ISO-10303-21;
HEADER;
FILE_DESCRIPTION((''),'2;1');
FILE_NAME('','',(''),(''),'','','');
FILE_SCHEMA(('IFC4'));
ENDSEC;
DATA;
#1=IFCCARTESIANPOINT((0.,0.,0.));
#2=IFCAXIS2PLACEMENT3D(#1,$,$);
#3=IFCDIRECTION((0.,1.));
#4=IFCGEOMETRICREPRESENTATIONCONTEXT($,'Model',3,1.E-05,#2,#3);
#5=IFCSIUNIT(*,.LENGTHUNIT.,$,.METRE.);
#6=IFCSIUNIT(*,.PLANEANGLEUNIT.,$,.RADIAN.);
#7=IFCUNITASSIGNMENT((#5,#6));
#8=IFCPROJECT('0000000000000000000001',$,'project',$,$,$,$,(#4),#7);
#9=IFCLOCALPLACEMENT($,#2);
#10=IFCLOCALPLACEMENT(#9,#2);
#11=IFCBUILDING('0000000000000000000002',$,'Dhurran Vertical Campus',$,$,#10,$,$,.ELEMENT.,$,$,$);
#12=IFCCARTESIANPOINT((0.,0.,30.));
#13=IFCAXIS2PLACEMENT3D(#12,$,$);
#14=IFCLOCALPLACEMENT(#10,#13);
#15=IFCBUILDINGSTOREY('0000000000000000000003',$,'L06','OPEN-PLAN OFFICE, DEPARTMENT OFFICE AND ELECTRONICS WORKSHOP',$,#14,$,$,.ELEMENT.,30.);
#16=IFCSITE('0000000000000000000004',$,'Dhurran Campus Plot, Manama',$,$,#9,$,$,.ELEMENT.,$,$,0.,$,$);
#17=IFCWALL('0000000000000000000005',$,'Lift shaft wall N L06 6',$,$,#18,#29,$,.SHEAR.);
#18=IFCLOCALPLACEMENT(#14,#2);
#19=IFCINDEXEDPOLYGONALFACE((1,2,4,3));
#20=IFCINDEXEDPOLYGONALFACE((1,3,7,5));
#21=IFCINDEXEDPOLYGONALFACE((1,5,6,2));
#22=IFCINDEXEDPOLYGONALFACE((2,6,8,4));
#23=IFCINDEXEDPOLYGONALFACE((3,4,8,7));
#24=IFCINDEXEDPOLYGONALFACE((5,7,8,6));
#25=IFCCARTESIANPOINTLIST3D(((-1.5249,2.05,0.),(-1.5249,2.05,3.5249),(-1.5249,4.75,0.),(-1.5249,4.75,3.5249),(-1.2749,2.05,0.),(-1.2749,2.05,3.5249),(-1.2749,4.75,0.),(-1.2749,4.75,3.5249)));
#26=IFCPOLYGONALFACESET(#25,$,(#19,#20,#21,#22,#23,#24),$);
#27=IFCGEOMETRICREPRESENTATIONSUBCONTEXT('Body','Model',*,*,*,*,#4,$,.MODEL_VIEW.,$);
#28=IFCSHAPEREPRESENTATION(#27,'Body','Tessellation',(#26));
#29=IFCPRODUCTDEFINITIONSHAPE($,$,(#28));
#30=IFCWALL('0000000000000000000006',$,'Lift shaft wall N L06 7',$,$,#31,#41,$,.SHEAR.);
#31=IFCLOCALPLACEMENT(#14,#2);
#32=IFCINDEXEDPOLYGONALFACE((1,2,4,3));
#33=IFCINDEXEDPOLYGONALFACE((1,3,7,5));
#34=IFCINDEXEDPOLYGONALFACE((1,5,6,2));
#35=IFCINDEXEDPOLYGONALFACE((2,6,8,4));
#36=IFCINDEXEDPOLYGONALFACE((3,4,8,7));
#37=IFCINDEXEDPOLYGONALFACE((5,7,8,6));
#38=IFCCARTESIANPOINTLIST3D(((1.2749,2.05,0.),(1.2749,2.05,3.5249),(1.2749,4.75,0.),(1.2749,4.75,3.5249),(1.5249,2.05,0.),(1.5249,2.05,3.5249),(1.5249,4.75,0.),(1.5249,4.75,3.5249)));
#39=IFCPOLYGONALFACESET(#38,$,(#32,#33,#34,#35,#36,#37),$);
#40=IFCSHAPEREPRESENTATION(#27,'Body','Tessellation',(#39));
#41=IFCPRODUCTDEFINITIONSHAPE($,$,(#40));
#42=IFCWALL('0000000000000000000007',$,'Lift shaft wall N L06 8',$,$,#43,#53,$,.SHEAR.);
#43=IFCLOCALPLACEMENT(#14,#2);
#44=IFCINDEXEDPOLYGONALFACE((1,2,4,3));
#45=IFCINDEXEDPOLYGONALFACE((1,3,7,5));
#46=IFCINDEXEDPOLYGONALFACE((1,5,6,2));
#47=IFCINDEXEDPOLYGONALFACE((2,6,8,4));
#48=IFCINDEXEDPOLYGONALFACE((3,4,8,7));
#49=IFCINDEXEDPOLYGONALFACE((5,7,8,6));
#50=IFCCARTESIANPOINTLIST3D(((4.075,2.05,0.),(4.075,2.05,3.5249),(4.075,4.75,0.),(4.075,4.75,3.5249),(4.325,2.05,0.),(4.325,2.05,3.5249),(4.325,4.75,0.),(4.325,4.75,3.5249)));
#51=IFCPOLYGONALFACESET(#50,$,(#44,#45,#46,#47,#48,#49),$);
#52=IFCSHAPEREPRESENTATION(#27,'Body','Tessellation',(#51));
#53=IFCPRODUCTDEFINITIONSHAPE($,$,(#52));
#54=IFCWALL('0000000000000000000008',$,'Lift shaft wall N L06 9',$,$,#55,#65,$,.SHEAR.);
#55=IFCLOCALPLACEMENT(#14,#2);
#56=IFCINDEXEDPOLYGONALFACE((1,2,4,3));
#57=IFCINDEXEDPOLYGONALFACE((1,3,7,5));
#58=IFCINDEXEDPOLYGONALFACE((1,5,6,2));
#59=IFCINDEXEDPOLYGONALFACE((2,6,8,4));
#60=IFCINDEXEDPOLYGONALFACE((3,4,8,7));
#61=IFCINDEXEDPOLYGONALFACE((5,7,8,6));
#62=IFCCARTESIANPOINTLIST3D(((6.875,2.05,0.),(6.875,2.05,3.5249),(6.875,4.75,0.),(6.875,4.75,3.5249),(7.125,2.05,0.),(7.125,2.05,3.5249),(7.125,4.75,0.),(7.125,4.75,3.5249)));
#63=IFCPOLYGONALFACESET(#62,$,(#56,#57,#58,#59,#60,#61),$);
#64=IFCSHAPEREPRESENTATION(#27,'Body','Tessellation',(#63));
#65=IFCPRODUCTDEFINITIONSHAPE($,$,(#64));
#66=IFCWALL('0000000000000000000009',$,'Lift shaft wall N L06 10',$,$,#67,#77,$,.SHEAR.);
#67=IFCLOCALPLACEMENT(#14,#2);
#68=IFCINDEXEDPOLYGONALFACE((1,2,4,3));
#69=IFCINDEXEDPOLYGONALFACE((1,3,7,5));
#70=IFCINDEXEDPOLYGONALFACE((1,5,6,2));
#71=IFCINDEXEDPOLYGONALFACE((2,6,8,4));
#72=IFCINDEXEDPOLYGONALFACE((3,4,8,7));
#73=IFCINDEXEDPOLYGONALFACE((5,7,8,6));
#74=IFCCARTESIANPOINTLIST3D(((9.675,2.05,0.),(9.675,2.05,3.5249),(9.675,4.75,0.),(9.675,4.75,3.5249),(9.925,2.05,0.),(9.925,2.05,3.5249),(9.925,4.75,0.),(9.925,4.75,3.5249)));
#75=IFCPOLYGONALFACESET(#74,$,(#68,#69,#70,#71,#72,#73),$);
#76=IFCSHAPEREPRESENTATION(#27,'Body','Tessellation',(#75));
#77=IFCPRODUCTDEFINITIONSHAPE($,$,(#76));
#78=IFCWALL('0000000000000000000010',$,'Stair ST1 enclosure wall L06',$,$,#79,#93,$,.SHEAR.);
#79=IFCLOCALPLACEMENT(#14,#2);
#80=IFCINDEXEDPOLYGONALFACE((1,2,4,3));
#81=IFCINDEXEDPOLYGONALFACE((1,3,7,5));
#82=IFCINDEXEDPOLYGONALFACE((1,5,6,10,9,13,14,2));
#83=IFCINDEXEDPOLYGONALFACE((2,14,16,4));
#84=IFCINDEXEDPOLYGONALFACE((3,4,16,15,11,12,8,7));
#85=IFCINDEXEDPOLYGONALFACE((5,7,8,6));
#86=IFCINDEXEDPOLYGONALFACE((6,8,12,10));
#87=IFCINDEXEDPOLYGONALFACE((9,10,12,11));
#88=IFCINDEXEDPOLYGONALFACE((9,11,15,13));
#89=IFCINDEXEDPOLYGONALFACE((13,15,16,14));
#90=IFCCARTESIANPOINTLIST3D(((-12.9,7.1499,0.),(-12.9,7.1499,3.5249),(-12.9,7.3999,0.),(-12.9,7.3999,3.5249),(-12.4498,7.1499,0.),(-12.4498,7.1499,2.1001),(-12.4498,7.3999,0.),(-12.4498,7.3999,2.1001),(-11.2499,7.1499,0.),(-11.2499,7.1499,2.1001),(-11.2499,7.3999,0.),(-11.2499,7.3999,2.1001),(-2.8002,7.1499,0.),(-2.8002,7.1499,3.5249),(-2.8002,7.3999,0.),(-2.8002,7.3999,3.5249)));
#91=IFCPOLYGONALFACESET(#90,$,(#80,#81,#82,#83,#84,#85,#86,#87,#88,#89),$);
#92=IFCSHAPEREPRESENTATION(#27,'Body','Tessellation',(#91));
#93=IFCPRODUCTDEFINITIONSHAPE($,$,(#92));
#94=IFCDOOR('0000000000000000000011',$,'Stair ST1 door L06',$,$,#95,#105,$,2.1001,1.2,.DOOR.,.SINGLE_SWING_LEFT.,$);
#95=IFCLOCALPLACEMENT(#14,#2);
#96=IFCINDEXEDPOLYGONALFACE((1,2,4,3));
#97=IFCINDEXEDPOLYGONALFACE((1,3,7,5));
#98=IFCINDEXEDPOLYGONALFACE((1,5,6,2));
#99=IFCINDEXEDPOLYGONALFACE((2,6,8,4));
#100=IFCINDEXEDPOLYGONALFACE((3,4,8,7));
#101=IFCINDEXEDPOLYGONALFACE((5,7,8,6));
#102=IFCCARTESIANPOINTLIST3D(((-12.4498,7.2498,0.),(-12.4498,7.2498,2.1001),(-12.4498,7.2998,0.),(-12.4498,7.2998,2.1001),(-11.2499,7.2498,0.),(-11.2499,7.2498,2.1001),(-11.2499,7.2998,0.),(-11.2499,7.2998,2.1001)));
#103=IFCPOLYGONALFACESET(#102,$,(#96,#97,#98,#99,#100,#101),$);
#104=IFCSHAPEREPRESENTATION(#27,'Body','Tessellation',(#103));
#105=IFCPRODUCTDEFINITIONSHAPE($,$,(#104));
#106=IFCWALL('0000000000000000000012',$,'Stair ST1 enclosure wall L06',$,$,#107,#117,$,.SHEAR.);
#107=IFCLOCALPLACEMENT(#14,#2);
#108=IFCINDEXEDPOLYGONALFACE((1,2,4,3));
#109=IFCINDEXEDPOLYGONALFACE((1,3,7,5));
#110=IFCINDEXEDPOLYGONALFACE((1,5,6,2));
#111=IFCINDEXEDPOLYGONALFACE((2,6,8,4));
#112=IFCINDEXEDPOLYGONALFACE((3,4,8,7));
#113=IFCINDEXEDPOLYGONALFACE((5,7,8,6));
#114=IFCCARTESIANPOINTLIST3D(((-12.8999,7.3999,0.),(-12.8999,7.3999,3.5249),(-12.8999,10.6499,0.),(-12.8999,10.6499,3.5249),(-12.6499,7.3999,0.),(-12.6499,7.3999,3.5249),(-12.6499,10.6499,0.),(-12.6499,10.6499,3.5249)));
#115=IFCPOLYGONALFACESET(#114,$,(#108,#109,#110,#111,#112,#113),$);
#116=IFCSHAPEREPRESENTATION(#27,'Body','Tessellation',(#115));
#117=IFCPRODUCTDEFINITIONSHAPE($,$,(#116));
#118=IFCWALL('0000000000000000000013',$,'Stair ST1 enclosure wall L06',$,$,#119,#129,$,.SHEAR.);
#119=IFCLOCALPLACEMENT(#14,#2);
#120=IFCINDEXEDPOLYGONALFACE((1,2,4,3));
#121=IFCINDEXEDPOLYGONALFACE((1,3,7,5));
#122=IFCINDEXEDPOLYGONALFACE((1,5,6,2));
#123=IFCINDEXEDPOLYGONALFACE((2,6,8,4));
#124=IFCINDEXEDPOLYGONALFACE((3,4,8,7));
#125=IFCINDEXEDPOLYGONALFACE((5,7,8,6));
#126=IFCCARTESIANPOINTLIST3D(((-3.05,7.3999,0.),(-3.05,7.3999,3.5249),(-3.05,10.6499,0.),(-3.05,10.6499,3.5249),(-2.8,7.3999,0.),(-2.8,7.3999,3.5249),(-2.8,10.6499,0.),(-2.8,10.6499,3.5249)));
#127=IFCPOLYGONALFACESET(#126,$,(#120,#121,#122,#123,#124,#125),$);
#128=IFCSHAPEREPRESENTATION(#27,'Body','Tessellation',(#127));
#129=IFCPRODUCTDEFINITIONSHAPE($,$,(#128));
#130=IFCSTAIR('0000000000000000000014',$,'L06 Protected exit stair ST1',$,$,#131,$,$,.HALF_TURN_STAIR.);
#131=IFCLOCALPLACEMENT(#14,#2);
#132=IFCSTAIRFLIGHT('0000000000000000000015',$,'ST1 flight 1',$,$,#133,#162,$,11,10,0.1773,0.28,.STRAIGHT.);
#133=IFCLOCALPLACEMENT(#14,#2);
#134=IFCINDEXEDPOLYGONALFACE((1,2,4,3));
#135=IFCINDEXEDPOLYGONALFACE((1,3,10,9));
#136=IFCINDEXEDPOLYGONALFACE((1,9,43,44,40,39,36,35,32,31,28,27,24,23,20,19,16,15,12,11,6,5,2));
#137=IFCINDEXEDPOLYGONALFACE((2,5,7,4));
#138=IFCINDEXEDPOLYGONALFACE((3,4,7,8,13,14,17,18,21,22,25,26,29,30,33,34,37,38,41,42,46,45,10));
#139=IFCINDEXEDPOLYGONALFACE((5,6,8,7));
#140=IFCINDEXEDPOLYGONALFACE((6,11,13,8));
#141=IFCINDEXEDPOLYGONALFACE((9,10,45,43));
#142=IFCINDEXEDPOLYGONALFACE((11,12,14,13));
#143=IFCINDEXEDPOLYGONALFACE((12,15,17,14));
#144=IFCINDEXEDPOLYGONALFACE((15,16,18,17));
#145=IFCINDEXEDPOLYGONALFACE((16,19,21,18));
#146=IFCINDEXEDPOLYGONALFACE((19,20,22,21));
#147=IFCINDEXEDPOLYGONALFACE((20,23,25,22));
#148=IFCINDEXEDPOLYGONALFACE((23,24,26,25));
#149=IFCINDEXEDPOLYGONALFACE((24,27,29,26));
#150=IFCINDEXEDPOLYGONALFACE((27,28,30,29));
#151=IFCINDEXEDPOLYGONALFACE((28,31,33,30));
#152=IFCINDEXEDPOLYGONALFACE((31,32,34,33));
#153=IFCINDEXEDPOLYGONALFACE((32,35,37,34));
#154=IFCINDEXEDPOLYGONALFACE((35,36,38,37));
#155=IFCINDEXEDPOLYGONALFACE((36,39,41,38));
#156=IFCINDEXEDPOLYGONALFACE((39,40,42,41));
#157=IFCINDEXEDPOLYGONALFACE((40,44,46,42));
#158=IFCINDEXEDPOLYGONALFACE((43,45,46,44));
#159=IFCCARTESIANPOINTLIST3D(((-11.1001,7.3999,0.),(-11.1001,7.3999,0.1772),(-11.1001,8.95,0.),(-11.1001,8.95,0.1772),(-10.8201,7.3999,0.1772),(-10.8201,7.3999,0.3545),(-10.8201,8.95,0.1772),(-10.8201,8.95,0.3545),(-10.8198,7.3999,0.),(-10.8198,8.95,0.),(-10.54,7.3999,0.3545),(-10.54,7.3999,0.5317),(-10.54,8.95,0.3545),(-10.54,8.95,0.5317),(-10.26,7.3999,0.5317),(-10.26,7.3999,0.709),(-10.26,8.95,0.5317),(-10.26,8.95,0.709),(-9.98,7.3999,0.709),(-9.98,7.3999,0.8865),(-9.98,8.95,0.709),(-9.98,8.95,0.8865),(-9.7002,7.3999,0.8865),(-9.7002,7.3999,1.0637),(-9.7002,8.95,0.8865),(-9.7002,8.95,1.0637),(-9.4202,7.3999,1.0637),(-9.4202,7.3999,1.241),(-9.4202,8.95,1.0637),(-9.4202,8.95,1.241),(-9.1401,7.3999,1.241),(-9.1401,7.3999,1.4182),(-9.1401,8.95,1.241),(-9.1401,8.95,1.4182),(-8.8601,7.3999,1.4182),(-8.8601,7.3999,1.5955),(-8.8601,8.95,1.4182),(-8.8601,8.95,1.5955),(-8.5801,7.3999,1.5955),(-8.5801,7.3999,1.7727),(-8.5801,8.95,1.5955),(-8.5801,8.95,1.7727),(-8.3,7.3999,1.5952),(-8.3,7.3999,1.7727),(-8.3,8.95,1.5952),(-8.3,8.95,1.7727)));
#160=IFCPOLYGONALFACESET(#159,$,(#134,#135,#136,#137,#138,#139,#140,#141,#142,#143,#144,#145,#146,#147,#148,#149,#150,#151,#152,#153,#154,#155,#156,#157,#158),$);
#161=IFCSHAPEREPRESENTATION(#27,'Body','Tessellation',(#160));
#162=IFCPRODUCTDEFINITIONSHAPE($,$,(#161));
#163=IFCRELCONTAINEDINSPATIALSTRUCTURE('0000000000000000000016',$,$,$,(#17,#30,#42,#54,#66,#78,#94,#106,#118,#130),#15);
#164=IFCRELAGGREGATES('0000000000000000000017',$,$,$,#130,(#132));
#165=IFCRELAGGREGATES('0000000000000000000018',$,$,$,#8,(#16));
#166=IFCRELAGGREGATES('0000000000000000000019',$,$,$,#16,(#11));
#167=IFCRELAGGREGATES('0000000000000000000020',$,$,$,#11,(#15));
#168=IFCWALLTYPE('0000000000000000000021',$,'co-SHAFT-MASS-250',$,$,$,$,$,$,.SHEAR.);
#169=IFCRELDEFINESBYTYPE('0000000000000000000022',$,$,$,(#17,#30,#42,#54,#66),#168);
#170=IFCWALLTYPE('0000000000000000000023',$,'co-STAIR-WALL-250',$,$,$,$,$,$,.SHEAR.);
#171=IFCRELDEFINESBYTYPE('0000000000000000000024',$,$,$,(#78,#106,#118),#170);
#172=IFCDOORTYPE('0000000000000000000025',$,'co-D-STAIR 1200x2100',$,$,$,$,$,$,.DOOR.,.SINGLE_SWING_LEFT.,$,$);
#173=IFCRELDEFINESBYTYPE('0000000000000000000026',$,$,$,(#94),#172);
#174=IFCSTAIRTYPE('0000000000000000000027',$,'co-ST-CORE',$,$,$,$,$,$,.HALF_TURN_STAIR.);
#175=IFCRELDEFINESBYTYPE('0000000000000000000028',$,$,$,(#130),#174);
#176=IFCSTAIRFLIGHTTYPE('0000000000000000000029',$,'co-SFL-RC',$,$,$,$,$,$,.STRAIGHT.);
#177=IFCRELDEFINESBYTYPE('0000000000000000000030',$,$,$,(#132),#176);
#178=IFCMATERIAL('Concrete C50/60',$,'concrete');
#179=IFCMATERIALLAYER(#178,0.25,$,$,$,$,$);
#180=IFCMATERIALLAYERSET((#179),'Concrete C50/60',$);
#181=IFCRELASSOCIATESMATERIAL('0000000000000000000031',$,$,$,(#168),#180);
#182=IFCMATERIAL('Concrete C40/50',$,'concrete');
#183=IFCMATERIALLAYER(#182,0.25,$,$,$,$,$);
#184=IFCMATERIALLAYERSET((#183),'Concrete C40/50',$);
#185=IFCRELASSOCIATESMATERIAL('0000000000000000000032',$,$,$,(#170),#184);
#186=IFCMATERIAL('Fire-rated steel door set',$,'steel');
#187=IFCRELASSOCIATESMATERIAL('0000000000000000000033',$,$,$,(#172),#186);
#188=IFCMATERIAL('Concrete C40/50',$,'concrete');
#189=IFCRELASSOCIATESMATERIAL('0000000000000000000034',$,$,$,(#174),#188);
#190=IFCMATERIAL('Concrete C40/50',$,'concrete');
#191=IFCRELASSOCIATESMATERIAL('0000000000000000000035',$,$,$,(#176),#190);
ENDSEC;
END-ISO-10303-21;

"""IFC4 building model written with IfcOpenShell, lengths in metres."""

from ifc_helpers import new_model, si_unit, direction, frame, frame_2d, origin, place, context, subcontext, project, spatial, polyline, rectangle, outline, extrude, material, layer, layer_set, type_object, element, fill, aggregate, save


model = new_model("IFC4")

# Units and contexts
model_context = context("Model", 3, precision=1e-05, world=origin(), true_north=direction((0.0, 1.0)))
body_context = subcontext(model_context, "Body", "Model", "MODEL_VIEW")
ifc_project = project(units=[si_unit("LENGTHUNIT", "METRE"), si_unit("PLANEANGLEUNIT", "RADIAN")], contexts=[model_context])

# Site, building, storey
site_placement = place(None, origin())
site = spatial("IfcSite", under=ifc_project, at=site_placement, Name="Dhurran Campus Plot, Manama", CompositionType="ELEMENT", RefElevation=0.0)
building_placement = place(site_placement, origin())
building = spatial("IfcBuilding", under=site, at=building_placement, Name="Dhurran Vertical Campus", CompositionType="ELEMENT")
storey_placement = place(building_placement, frame((0.0, 0.0, 30.0)))
storey = spatial("IfcBuildingStorey", under=building, at=storey_placement, Name="L06", Description="OPEN-PLAN OFFICE, DEPARTMENT OFFICE AND ELECTRONICS WORKSHOP", CompositionType="ELEMENT", Elevation=30.0)

# Walls
ifc_material_1 = material(Name="Concrete C50/60", Category="concrete")
ifc_layer_1 = layer(ifc_material_1, 0.25)
ifc_layer_set_1 = layer_set([ifc_layer_1], Name="Concrete C50/60")
wall_type_1 = type_object("IfcWallType", Name="co-SHAFT-MASS-250", PredefinedType="SHEAR", material=ifc_layer_set_1)
wall_1_placement = place(storey_placement, origin())
element("IfcWall", 1, at=wall_1_placement, inside=storey, type_object=wall_type_1, Name="Lift shaft wall N L06 6", PredefinedType="SHEAR", context=body_context, shape_type="SweptSolid", body=[
    extrude(outline(polyline([(-1.5249, 2.05), (-1.2749, 2.05), (-1.2749, 4.75), (-1.5249, 4.75), (-1.5249, 2.05)])), origin(), (0.0, 0.0, 1.0), 3.5249),
])
wall_2_placement = place(storey_placement, origin())
element("IfcWall", 2, at=wall_2_placement, inside=storey, type_object=wall_type_1, Name="Lift shaft wall N L06 7", PredefinedType="SHEAR", context=body_context, shape_type="SweptSolid", body=[
    extrude(outline(polyline([(1.2749, 2.05), (1.5249, 2.05), (1.5249, 4.75), (1.2749, 4.75), (1.2749, 2.05)])), origin(), (0.0, 0.0, 1.0), 3.5249),
])
wall_3_placement = place(storey_placement, origin())
element("IfcWall", 3, at=wall_3_placement, inside=storey, type_object=wall_type_1, Name="Lift shaft wall N L06 8", PredefinedType="SHEAR", context=body_context, shape_type="SweptSolid", body=[
    extrude(outline(polyline([(4.075, 2.05), (4.325, 2.05), (4.325, 4.75), (4.075, 4.75), (4.075, 2.05)])), origin(), (0.0, 0.0, 1.0), 3.5249),
])
wall_4_placement = place(storey_placement, origin())
element("IfcWall", 4, at=wall_4_placement, inside=storey, type_object=wall_type_1, Name="Lift shaft wall N L06 9", PredefinedType="SHEAR", context=body_context, shape_type="SweptSolid", body=[
    extrude(outline(polyline([(6.875, 2.05), (7.125, 2.05), (7.125, 4.75), (6.875, 4.75), (6.875, 2.05)])), origin(), (0.0, 0.0, 1.0), 3.5249),
])
wall_5_placement = place(storey_placement, origin())
element("IfcWall", 5, at=wall_5_placement, inside=storey, type_object=wall_type_1, Name="Lift shaft wall N L06 10", PredefinedType="SHEAR", context=body_context, shape_type="SweptSolid", body=[
    extrude(outline(polyline([(9.675, 2.05), (9.925, 2.05), (9.925, 4.75), (9.675, 4.75), (9.675, 2.05)])), origin(), (0.0, 0.0, 1.0), 3.5249),
])

# Wall, opening, door
ifc_material_2 = material(Name="Concrete C40/50", Category="concrete")
ifc_layer_2 = layer(ifc_material_2, 0.25)
ifc_layer_set_2 = layer_set([ifc_layer_2], Name="Concrete C40/50")
wall_type_2 = type_object("IfcWallType", Name="co-STAIR-WALL-250", PredefinedType="SHEAR", material=ifc_layer_set_2)
wall_6_placement = place(storey_placement, frame((-12.8999, 7.2749, 0.0), z_axis=(0.0, 0.0, 1.0), x_axis=(1.0, 0.0, 0.0)))
wall_6 = element("IfcWall", 6, at=wall_6_placement, inside=storey, type_object=wall_type_2, Name="Stair ST1 enclosure wall L06", PredefinedType="SHEAR", context=body_context, shape_type="SweptSolid", body=[
    extrude(rectangle(XDim=10.0999, YDim=0.25, at=frame_2d((5.0498, 0.0))), origin(), (0.0, 0.0, 1.0), 3.5249),
])
opening_1_placement = place(wall_6_placement, frame((0.45, 0.0, 0.0)))
opening_1 = element("IfcOpeningElement", 7, at=opening_1_placement, cuts=wall_6, PredefinedType="OPENING", context=body_context, shape_type="SweptSolid", body=[
    extrude(rectangle(XDim=1.2, YDim=2.1001, at=frame_2d((0.6001, 1.05))), frame((0.0, 0.135, 0.0), z_axis=(0.0, -1.0, 0.0), x_axis=(1.0, 0.0, 0.0)), (0.0, 0.0, 1.0), 0.27),
])
ifc_material_3 = material(Name="Fire-rated steel door set", Category="steel")
door_type_1 = type_object("IfcDoorType", Name="co-D-STAIR 1200x2100", OperationType="SINGLE_SWING_LEFT", PredefinedType="DOOR", material=ifc_material_3)
door_1_placement = place(opening_1_placement, origin())
door_1 = element("IfcDoor", 8, at=door_1_placement, inside=storey, type_object=door_type_1, Name="Stair ST1 door L06", OperationType="SINGLE_SWING_LEFT", OverallHeight=2.1001, OverallWidth=1.2, PredefinedType="DOOR", context=body_context, shape_type="SweptSolid", body=[
    extrude(rectangle(XDim=1.2, YDim=2.1001, at=frame_2d((0.6001, 1.05))), frame((0.0, 0.0249, 0.0), z_axis=(0.0, -1.0, 0.0), x_axis=(1.0, 0.0, 0.0)), (0.0, 0.0, 1.0), 0.05),
])
fill(opening_1, door_1)

# Walls
for number, where, z_axis, x_axis, name in (
    (9, (-12.7749, 7.3999, 0.0), (0.0, 0.0, 1.0), (0.0, 1.0, 0.0), "Stair ST1 enclosure wall L06"),
    (10, (-2.925, 7.3999, 0.0), (0.0, 0.0, 1.0), (0.0, 1.0, 0.0), "Stair ST1 enclosure wall L06"),
):
    element("IfcWall", number, at=place(storey_placement, frame(where, z_axis=z_axis, x_axis=x_axis)), inside=storey, type_object=wall_type_2, Name=name, PredefinedType="SHEAR", context=body_context, shape_type="SweptSolid", body=[
        extrude(rectangle(XDim=3.25, YDim=0.25, at=frame_2d((1.625, 0.0))), origin(), (0.0, 0.0, 1.0), 3.5249),
    ])

# Stair, stair flight
ifc_material_4 = material(Name="Concrete C40/50", Category="concrete")
stair_type = type_object("IfcStairType", Name="co-ST-CORE", PredefinedType="HALF_TURN_STAIR", material=ifc_material_4)
stair_placement = place(storey_placement, origin())
stair = element("IfcStair", 11, at=stair_placement, inside=storey, type_object=stair_type, Name="L06 Protected exit stair ST1", PredefinedType="HALF_TURN_STAIR")
ifc_material_5 = material(Name="Concrete C40/50", Category="concrete")
stair_flight_type = type_object("IfcStairFlightType", Name="co-SFL-RC", PredefinedType="STRAIGHT", material=ifc_material_5)
stair_flight_placement = place(storey_placement, frame((-11.1001, 8.175, 0.0), z_axis=(0.0, 0.0, 1.0), x_axis=(1.0, 0.0, 0.0)))
stair_flight = element("IfcStairFlight", 12, at=stair_flight_placement, type_object=stair_flight_type, Name="ST1 flight 1", NumberOfRisers=11, NumberOfTreads=10, PredefinedType="STRAIGHT", RiserHeight=0.1773, TreadLength=0.28, context=body_context, shape_type="SweptSolid", body=[
    extrude(outline(polyline([(0.0, 0.0), (0.0, 0.1772), (0.28, 0.1772), (0.28, 0.3545), (0.5601, 0.3545), (0.5601, 0.5317), (0.8401, 0.5317), (0.8401, 0.709), (1.1201, 0.709), (1.1201, 0.8865), (1.3999, 0.8865), (1.3999, 1.0637), (1.6799, 1.0637), (1.6799, 1.241), (1.96, 1.241), (1.96, 1.4182), (2.24, 1.4182), (2.24, 1.5955), (2.52, 1.5955), (2.52, 1.7727), (2.8, 1.7727), (2.8, 1.95), (2.8, 1.5952), (0.2803, 0.0), (0.0, 0.0)])), frame((0.0, 0.7749, 0.0), z_axis=(0.0, -1.0, 0.0), x_axis=(1.0, 0.0, 0.0)), (0.0, 0.0, 1.0), 1.55),
])
aggregate(stair, [stair_flight])

save(model, "model.ifc")
